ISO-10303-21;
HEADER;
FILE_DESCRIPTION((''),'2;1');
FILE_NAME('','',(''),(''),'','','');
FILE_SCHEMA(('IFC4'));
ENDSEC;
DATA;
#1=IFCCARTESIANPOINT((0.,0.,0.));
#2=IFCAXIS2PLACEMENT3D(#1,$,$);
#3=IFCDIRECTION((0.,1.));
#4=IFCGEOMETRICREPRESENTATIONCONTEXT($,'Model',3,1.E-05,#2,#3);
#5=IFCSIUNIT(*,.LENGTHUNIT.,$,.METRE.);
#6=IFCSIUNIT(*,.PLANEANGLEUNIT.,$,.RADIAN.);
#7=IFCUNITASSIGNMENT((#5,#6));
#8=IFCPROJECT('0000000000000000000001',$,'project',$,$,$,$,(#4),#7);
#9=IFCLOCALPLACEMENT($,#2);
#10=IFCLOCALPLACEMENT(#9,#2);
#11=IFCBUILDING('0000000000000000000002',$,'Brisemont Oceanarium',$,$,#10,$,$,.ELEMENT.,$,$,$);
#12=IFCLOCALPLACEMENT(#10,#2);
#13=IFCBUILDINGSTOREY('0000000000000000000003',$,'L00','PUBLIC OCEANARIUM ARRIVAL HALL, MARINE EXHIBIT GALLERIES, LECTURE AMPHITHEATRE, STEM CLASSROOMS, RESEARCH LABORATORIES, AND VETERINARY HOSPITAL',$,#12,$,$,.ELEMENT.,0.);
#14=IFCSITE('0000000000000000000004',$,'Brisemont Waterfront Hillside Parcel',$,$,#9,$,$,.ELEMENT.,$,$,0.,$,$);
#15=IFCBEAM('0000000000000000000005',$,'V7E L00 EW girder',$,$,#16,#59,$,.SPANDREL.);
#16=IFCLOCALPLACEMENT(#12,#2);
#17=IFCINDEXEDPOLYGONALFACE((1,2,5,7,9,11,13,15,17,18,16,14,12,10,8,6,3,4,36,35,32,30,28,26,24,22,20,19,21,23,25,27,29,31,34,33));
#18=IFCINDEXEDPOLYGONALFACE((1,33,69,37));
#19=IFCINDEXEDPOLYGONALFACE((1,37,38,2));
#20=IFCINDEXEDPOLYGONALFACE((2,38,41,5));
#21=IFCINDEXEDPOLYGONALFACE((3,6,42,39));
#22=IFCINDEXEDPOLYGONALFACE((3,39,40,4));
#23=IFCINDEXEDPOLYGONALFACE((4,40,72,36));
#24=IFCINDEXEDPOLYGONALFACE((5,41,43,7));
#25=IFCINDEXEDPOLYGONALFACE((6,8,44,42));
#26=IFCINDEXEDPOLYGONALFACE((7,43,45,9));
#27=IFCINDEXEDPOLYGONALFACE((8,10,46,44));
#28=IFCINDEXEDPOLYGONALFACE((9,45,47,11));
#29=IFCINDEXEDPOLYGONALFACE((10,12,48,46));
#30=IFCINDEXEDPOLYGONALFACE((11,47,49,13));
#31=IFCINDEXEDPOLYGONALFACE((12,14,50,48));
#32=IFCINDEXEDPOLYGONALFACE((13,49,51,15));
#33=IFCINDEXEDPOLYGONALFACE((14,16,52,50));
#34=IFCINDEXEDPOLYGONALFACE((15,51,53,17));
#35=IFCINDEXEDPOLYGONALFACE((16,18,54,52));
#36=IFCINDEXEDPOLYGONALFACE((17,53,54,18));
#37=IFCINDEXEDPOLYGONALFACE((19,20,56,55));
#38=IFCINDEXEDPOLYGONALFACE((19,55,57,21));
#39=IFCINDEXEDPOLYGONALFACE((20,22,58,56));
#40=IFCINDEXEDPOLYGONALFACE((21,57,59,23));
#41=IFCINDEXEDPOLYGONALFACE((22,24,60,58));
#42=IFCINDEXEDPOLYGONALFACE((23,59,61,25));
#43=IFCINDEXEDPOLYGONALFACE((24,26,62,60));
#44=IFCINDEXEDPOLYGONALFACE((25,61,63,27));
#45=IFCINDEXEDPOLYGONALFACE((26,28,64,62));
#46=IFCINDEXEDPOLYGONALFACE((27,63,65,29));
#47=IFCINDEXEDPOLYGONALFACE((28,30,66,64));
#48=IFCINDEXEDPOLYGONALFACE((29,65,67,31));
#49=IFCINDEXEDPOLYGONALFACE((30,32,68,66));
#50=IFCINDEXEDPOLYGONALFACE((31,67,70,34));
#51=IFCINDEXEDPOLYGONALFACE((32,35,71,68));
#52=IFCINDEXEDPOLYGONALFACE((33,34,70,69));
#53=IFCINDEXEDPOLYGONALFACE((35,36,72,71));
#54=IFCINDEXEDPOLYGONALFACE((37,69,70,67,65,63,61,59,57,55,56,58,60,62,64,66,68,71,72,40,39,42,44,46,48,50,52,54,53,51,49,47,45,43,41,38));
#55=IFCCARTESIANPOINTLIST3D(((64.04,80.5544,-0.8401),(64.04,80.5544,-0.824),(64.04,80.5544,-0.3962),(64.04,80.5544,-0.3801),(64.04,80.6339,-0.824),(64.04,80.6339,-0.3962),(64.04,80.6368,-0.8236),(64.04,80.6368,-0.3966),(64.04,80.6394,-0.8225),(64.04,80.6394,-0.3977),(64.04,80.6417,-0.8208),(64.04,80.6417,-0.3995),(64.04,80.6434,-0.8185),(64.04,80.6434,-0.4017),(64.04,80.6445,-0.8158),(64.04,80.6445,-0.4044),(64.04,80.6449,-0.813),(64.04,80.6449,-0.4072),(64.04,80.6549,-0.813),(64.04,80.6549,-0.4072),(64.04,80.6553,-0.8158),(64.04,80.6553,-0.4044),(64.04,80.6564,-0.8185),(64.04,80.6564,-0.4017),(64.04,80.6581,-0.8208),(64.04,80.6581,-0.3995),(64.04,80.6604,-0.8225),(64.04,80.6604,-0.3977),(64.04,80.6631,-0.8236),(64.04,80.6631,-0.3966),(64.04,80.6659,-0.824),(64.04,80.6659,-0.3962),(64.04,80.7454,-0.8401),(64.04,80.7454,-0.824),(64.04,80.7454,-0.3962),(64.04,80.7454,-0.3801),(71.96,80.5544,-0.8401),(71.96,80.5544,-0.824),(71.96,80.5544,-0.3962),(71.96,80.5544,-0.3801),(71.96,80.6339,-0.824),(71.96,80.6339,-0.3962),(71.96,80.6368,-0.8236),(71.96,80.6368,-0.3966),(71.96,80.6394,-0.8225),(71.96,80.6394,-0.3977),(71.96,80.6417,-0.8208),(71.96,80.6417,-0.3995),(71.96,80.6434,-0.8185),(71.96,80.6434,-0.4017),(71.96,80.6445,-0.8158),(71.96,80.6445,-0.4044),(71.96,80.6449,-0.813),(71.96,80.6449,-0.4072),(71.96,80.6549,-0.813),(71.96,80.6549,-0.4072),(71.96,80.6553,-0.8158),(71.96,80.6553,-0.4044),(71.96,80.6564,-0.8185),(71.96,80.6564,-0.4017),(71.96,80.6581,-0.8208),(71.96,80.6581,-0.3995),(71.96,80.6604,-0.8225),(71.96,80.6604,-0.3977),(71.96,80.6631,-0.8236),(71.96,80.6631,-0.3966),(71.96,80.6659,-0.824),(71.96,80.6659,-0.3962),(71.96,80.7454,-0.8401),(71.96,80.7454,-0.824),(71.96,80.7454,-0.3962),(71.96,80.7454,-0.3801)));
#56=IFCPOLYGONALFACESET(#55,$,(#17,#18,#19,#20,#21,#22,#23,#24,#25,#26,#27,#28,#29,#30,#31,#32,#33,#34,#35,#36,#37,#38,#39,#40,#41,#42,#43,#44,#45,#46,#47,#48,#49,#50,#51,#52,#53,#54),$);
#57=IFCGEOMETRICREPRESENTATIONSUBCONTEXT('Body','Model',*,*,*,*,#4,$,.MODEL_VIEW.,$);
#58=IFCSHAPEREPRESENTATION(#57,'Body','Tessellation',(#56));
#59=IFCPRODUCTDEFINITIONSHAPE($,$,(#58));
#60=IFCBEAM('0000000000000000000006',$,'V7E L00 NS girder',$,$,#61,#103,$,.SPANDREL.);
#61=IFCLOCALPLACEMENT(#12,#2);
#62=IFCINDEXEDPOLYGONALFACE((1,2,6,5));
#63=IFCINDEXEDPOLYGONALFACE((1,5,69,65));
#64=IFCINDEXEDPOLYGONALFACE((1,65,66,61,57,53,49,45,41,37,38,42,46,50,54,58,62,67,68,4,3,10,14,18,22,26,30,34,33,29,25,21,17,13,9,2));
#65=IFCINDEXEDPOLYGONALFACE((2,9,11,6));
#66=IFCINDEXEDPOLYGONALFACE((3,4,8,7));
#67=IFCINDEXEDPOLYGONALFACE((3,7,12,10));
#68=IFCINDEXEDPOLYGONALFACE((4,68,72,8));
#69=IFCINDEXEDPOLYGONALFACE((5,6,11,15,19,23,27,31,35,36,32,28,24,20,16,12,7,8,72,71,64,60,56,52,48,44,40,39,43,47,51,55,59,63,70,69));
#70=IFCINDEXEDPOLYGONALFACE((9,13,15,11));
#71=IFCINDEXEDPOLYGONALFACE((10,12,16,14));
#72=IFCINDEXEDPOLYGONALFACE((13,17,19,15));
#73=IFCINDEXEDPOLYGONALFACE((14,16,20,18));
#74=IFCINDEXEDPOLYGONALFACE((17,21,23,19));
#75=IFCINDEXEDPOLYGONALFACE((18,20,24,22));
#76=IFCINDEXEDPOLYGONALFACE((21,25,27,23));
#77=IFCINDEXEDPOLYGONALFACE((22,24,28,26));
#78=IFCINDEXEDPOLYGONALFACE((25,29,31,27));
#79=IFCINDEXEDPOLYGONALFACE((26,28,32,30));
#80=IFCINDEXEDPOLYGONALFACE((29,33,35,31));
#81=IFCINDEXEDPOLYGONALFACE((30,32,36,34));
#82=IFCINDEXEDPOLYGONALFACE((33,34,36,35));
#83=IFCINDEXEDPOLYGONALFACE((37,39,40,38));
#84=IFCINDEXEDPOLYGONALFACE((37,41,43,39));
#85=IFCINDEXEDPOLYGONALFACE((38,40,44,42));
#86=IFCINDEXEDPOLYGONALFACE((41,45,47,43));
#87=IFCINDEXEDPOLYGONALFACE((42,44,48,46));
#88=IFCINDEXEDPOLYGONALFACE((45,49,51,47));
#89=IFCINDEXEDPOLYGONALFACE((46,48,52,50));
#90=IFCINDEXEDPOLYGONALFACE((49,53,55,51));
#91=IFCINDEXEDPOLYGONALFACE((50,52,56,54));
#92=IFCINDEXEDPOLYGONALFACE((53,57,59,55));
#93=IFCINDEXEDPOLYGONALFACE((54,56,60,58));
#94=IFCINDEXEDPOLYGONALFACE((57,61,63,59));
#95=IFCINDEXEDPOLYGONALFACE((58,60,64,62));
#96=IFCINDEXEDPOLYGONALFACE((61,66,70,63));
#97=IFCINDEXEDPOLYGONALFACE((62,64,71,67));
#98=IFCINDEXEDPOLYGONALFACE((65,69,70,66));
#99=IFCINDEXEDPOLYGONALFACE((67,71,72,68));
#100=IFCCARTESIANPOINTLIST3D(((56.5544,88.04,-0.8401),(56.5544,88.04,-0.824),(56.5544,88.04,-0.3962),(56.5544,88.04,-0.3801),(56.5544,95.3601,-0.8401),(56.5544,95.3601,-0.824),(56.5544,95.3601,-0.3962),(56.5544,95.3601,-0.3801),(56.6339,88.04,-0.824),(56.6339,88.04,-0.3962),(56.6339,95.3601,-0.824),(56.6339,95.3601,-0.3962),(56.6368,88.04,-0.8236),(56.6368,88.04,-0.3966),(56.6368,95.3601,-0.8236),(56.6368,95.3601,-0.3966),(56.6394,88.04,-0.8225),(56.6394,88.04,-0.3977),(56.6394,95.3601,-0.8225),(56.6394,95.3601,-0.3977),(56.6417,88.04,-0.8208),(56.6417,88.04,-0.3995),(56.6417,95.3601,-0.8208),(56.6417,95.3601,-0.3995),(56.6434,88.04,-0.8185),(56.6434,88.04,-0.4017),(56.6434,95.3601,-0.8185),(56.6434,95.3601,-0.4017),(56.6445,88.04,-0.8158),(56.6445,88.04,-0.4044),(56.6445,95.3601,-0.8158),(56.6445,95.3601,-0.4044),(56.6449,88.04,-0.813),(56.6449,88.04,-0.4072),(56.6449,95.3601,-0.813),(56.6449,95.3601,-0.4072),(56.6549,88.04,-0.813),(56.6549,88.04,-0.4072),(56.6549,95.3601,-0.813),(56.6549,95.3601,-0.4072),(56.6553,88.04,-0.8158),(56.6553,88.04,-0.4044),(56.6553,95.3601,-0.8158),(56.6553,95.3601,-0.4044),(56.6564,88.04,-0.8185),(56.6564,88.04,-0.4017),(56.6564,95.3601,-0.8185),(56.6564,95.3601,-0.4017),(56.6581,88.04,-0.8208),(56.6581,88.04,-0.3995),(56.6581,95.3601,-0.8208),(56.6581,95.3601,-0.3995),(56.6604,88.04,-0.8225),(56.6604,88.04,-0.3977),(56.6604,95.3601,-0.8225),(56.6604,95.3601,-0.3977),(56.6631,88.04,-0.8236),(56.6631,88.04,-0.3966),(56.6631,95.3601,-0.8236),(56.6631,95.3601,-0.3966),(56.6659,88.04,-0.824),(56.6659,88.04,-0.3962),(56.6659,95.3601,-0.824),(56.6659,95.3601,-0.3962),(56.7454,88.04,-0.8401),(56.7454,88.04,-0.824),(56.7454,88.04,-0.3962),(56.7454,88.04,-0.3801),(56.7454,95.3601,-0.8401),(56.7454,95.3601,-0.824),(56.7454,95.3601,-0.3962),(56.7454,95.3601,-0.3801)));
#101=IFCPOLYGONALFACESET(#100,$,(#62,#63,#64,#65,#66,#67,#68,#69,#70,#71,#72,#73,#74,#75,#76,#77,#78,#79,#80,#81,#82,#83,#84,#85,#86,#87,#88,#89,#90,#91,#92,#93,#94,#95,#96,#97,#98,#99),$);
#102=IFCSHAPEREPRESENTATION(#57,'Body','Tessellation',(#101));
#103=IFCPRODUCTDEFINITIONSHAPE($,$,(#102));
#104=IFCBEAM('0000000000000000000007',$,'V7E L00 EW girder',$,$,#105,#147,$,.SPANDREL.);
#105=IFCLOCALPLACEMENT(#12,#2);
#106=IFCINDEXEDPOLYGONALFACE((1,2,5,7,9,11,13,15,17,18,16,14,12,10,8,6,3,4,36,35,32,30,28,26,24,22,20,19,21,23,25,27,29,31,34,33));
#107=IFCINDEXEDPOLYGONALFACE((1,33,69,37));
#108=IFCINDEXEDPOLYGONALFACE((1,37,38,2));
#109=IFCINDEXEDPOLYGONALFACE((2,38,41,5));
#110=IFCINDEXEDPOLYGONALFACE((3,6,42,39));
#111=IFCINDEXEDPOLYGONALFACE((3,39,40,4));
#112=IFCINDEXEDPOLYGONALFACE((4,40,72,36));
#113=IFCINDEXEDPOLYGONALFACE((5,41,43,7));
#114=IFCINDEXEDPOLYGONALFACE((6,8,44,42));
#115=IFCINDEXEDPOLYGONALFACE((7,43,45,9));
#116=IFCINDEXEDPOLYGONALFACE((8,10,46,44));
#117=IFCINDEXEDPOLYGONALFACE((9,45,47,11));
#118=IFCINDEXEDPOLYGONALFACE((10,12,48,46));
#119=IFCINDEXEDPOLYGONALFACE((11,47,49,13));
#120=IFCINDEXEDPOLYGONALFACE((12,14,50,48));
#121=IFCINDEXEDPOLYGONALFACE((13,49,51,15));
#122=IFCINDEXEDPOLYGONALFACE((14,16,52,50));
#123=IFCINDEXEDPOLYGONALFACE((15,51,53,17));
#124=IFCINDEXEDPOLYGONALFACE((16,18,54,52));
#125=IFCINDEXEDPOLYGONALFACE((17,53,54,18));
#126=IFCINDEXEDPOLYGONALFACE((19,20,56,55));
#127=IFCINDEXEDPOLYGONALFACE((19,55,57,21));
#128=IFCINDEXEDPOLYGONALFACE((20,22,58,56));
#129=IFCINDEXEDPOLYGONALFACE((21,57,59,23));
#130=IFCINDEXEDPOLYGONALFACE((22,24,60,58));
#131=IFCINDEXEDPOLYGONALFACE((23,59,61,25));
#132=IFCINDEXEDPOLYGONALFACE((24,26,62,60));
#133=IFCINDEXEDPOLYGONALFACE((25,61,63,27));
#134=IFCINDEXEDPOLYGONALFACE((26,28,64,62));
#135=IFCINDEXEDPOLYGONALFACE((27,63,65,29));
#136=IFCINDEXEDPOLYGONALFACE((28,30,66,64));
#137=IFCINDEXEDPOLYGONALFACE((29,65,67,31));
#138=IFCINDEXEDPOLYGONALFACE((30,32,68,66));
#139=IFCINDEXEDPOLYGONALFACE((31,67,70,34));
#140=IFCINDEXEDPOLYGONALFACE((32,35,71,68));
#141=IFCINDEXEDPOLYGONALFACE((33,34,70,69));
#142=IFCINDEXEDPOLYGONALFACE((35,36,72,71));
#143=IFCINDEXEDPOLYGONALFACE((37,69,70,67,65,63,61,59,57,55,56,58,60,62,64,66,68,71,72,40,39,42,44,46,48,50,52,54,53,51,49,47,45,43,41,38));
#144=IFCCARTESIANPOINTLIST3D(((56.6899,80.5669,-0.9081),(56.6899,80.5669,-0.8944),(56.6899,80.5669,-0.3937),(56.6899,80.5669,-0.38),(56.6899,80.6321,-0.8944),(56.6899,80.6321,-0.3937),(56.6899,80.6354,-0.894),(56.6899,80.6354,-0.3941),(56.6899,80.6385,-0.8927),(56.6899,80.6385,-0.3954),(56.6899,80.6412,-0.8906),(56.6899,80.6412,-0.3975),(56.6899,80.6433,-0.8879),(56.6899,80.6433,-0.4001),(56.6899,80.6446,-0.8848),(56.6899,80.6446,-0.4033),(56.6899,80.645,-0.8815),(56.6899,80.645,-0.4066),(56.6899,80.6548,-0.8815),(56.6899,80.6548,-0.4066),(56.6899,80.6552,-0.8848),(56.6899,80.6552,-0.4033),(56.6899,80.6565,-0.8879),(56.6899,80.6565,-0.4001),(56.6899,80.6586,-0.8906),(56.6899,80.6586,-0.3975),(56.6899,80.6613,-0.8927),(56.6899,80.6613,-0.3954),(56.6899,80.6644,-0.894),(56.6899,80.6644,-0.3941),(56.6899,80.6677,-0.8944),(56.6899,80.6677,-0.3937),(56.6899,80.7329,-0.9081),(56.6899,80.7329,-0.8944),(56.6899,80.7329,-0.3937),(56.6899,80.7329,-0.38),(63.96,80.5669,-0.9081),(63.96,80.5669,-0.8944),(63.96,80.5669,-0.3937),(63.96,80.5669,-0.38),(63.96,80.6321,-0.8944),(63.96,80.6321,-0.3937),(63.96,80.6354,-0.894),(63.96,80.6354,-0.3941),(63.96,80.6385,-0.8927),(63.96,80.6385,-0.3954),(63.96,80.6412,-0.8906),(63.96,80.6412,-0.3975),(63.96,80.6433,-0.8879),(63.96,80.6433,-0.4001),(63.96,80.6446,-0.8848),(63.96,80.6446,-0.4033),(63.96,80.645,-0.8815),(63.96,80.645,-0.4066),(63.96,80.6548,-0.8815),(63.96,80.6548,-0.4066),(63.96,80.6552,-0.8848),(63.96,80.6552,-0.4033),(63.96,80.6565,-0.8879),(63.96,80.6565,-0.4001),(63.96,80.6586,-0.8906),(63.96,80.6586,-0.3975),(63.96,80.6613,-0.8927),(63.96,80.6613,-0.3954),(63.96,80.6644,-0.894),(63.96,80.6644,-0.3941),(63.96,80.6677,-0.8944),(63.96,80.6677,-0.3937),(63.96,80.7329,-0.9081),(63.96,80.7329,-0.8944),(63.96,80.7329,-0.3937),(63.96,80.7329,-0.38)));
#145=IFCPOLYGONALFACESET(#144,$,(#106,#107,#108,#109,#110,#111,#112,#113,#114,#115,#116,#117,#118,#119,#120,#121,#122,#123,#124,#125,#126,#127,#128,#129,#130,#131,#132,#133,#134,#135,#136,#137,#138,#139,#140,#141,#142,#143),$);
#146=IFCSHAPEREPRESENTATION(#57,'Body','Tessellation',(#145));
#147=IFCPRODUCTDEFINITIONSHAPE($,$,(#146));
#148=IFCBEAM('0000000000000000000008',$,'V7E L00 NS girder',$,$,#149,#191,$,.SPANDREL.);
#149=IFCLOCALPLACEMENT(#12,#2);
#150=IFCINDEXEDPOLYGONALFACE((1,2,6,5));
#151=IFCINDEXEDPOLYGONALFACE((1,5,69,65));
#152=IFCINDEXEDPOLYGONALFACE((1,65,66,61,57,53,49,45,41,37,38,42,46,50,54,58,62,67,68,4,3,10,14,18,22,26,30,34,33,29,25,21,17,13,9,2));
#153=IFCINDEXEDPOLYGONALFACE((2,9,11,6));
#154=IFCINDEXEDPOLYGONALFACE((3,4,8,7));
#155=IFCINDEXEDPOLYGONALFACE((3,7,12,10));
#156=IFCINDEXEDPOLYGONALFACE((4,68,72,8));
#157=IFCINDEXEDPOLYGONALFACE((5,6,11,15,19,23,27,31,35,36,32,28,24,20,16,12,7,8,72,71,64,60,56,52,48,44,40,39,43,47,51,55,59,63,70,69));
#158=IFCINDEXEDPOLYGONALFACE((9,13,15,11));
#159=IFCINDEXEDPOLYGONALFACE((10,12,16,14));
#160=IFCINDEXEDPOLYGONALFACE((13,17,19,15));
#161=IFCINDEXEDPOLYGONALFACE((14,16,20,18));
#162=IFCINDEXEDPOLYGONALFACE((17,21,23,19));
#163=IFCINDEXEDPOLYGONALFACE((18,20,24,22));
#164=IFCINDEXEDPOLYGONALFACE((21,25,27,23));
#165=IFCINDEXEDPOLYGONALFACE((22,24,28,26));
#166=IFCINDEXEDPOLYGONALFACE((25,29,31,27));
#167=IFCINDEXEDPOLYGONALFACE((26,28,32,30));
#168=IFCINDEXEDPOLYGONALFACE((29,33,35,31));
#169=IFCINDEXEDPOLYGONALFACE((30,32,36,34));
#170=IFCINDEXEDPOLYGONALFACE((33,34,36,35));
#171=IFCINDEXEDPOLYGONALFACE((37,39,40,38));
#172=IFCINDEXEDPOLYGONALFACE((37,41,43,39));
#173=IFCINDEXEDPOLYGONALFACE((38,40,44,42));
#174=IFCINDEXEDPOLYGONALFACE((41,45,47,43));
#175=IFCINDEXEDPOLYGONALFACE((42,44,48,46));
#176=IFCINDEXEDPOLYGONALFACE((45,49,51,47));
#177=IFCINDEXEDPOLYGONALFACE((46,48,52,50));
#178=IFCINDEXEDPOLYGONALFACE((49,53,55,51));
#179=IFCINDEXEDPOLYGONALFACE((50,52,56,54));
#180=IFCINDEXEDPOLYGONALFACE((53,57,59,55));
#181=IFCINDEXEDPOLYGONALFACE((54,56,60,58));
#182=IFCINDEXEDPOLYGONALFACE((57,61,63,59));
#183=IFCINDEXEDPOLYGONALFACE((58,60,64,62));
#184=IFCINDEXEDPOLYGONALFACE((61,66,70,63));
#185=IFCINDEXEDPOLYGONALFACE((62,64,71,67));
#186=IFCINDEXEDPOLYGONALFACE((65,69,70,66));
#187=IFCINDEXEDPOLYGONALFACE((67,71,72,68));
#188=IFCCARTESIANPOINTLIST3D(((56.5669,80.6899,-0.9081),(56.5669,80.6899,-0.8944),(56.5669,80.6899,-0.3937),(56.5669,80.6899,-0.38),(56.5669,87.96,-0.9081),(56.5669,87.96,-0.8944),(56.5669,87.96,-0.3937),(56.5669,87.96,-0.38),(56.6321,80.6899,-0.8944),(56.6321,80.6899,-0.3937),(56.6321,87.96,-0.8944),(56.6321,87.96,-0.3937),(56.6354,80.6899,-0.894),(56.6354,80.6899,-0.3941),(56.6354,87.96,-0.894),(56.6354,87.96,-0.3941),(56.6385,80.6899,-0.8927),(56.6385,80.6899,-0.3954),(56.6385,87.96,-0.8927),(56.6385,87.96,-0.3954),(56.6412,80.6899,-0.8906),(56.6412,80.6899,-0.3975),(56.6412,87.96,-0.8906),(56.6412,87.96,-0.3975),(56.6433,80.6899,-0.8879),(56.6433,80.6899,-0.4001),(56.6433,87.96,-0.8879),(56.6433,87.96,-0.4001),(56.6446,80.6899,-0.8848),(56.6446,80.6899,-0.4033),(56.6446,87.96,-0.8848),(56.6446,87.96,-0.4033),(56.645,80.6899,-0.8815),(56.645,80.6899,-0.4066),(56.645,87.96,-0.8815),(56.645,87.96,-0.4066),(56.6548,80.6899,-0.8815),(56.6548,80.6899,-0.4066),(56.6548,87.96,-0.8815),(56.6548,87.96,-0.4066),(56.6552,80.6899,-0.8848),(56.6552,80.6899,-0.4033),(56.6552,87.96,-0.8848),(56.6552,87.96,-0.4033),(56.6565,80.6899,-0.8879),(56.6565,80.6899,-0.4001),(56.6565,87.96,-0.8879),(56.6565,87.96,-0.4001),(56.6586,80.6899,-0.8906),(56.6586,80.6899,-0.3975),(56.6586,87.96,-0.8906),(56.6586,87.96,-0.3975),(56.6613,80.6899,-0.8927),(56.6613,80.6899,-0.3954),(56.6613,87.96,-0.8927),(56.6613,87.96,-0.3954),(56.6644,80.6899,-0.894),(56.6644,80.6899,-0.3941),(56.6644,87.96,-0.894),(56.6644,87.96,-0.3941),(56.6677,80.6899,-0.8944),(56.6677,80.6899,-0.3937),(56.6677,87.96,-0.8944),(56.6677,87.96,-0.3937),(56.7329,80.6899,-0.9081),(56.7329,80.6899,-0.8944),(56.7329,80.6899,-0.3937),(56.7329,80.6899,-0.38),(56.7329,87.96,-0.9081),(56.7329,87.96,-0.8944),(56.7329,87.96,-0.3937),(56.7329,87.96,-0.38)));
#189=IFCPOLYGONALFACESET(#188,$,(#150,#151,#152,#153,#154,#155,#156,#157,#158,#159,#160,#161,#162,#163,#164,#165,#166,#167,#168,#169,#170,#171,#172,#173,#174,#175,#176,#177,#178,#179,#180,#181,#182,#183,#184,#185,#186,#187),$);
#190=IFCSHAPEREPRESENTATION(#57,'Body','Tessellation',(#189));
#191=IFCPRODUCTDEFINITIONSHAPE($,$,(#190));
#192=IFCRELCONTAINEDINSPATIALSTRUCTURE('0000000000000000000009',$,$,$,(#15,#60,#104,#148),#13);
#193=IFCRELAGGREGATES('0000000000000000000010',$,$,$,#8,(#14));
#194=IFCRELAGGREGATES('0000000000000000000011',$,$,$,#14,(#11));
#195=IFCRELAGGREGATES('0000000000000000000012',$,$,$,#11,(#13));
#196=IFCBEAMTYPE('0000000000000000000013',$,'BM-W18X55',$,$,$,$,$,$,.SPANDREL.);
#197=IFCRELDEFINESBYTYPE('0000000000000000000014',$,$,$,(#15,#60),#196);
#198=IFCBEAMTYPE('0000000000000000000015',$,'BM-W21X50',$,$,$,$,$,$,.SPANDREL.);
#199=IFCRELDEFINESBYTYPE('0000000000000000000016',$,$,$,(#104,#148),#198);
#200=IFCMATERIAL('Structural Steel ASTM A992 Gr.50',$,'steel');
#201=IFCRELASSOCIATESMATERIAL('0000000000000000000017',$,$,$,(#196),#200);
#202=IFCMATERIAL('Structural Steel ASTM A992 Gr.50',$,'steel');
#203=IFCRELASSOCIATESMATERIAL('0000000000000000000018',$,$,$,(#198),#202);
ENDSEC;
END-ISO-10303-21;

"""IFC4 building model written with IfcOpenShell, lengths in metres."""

from ifc_helpers import new_model, si_unit, direction, frame, origin, origin_2d, place, context, subcontext, project, spatial, i_section, extrude, material, material_profile, profile_set, type_object, element, save


model = new_model("IFC4")

# Units and contexts
model_context = context("Model", 3, precision=1e-05, world=origin(), true_north=direction((0.0, 1.0)))
body_context = subcontext(model_context, "Body", "Model", "MODEL_VIEW")
ifc_project = project(units=[si_unit("LENGTHUNIT", "METRE"), si_unit("PLANEANGLEUNIT", "RADIAN")], contexts=[model_context])

# Site, building, storey
site_placement = place(None, origin())
site = spatial("IfcSite", under=ifc_project, at=site_placement, Name="Brisemont Waterfront Hillside Parcel", CompositionType="ELEMENT", RefElevation=0.0)
building_placement = place(site_placement, origin())
building = spatial("IfcBuilding", under=site, at=building_placement, Name="Brisemont Oceanarium", CompositionType="ELEMENT")
storey_placement = place(building_placement, origin())
storey = spatial("IfcBuildingStorey", under=building, at=storey_placement, Name="L00", Description="PUBLIC OCEANARIUM ARRIVAL HALL, MARINE EXHIBIT GALLERIES, LECTURE AMPHITHEATRE, STEM CLASSROOMS, RESEARCH LABORATORIES, AND VETERINARY HOSPITAL", CompositionType="ELEMENT", Elevation=0.0)

# Beams
ifc_material_1 = material(Name="Structural Steel ASTM A992 Gr.50", Category="steel")
ifc_material_profile_1 = material_profile(ifc_material_1, i_section(OverallWidth=0.1909, OverallDepth=0.46, WebThickness=0.01, FlangeThickness=0.0161, FilletRadius=0.011, at=origin_2d()), Name="W18X55")
ifc_profile_set_1 = profile_set([ifc_material_profile_1], Name="Structural Steel ASTM A992 Gr.50")
beam_type_1 = type_object("IfcBeamType", Name="BM-W18X55", PredefinedType="SPANDREL", material=ifc_profile_set_1)
beam_1_placement = place(storey_placement, frame((64.04, 80.6499, -0.6101), z_axis=(1.0, 0.0, 0.0), x_axis=(0.0, 1.0, 0.0)))
element("IfcBeam", 1, at=beam_1_placement, inside=storey, type_object=beam_type_1, Name="V7E L00 EW girder", PredefinedType="SPANDREL", context=body_context, shape_type="SweptSolid", body=[
    extrude(i_section(OverallWidth=0.1909, OverallDepth=0.46, WebThickness=0.01, FlangeThickness=0.0161, FilletRadius=0.011, at=origin_2d()), origin(), (0.0, 0.0, 1.0), 7.9199),
])
beam_2_placement = place(storey_placement, frame((56.6499, 88.04, -0.6101), z_axis=(0.0, 1.0, 0.0), x_axis=(-1.0, 0.0, 0.0)))
element("IfcBeam", 2, at=beam_2_placement, inside=storey, type_object=beam_type_1, Name="V7E L00 NS girder", PredefinedType="SPANDREL", context=body_context, shape_type="SweptSolid", body=[
    extrude(i_section(OverallWidth=0.1909, OverallDepth=0.46, WebThickness=0.01, FlangeThickness=0.0161, FilletRadius=0.011, at=origin_2d()), origin(), (0.0, 0.0, 1.0), 7.3201),
])
ifc_material_2 = material(Name="Structural Steel ASTM A992 Gr.50", Category="steel")
ifc_material_profile_2 = material_profile(ifc_material_2, i_section(OverallWidth=0.166, OverallDepth=0.5281, WebThickness=0.0098, FlangeThickness=0.0137, FilletRadius=0.0129, at=origin_2d()), Name="W21X50")
ifc_profile_set_2 = profile_set([ifc_material_profile_2], Name="Structural Steel ASTM A992 Gr.50")
beam_type_2 = type_object("IfcBeamType", Name="BM-W21X50", PredefinedType="SPANDREL", material=ifc_profile_set_2)
for number, where, z_axis, x_axis, name in (
    (3, (56.6899, 80.6499, -0.644), (1.0, 0.0, 0.0), (0.0, 1.0, 0.0), "V7E L00 EW girder"),
    (4, (56.6499, 80.6899, -0.644), (0.0, 1.0, 0.0), (-1.0, 0.0, 0.0), "V7E L00 NS girder"),
):
    element("IfcBeam", number, at=place(storey_placement, frame(where, z_axis=z_axis, x_axis=x_axis)), inside=storey, type_object=beam_type_2, Name=name, PredefinedType="SPANDREL", context=body_context, shape_type="SweptSolid", body=[
        extrude(i_section(OverallWidth=0.166, OverallDepth=0.5281, WebThickness=0.0098, FlangeThickness=0.0137, FilletRadius=0.0129, at=origin_2d()), origin(), (0.0, 0.0, 1.0), 7.27),
    ])

save(model, "model.ifc")
